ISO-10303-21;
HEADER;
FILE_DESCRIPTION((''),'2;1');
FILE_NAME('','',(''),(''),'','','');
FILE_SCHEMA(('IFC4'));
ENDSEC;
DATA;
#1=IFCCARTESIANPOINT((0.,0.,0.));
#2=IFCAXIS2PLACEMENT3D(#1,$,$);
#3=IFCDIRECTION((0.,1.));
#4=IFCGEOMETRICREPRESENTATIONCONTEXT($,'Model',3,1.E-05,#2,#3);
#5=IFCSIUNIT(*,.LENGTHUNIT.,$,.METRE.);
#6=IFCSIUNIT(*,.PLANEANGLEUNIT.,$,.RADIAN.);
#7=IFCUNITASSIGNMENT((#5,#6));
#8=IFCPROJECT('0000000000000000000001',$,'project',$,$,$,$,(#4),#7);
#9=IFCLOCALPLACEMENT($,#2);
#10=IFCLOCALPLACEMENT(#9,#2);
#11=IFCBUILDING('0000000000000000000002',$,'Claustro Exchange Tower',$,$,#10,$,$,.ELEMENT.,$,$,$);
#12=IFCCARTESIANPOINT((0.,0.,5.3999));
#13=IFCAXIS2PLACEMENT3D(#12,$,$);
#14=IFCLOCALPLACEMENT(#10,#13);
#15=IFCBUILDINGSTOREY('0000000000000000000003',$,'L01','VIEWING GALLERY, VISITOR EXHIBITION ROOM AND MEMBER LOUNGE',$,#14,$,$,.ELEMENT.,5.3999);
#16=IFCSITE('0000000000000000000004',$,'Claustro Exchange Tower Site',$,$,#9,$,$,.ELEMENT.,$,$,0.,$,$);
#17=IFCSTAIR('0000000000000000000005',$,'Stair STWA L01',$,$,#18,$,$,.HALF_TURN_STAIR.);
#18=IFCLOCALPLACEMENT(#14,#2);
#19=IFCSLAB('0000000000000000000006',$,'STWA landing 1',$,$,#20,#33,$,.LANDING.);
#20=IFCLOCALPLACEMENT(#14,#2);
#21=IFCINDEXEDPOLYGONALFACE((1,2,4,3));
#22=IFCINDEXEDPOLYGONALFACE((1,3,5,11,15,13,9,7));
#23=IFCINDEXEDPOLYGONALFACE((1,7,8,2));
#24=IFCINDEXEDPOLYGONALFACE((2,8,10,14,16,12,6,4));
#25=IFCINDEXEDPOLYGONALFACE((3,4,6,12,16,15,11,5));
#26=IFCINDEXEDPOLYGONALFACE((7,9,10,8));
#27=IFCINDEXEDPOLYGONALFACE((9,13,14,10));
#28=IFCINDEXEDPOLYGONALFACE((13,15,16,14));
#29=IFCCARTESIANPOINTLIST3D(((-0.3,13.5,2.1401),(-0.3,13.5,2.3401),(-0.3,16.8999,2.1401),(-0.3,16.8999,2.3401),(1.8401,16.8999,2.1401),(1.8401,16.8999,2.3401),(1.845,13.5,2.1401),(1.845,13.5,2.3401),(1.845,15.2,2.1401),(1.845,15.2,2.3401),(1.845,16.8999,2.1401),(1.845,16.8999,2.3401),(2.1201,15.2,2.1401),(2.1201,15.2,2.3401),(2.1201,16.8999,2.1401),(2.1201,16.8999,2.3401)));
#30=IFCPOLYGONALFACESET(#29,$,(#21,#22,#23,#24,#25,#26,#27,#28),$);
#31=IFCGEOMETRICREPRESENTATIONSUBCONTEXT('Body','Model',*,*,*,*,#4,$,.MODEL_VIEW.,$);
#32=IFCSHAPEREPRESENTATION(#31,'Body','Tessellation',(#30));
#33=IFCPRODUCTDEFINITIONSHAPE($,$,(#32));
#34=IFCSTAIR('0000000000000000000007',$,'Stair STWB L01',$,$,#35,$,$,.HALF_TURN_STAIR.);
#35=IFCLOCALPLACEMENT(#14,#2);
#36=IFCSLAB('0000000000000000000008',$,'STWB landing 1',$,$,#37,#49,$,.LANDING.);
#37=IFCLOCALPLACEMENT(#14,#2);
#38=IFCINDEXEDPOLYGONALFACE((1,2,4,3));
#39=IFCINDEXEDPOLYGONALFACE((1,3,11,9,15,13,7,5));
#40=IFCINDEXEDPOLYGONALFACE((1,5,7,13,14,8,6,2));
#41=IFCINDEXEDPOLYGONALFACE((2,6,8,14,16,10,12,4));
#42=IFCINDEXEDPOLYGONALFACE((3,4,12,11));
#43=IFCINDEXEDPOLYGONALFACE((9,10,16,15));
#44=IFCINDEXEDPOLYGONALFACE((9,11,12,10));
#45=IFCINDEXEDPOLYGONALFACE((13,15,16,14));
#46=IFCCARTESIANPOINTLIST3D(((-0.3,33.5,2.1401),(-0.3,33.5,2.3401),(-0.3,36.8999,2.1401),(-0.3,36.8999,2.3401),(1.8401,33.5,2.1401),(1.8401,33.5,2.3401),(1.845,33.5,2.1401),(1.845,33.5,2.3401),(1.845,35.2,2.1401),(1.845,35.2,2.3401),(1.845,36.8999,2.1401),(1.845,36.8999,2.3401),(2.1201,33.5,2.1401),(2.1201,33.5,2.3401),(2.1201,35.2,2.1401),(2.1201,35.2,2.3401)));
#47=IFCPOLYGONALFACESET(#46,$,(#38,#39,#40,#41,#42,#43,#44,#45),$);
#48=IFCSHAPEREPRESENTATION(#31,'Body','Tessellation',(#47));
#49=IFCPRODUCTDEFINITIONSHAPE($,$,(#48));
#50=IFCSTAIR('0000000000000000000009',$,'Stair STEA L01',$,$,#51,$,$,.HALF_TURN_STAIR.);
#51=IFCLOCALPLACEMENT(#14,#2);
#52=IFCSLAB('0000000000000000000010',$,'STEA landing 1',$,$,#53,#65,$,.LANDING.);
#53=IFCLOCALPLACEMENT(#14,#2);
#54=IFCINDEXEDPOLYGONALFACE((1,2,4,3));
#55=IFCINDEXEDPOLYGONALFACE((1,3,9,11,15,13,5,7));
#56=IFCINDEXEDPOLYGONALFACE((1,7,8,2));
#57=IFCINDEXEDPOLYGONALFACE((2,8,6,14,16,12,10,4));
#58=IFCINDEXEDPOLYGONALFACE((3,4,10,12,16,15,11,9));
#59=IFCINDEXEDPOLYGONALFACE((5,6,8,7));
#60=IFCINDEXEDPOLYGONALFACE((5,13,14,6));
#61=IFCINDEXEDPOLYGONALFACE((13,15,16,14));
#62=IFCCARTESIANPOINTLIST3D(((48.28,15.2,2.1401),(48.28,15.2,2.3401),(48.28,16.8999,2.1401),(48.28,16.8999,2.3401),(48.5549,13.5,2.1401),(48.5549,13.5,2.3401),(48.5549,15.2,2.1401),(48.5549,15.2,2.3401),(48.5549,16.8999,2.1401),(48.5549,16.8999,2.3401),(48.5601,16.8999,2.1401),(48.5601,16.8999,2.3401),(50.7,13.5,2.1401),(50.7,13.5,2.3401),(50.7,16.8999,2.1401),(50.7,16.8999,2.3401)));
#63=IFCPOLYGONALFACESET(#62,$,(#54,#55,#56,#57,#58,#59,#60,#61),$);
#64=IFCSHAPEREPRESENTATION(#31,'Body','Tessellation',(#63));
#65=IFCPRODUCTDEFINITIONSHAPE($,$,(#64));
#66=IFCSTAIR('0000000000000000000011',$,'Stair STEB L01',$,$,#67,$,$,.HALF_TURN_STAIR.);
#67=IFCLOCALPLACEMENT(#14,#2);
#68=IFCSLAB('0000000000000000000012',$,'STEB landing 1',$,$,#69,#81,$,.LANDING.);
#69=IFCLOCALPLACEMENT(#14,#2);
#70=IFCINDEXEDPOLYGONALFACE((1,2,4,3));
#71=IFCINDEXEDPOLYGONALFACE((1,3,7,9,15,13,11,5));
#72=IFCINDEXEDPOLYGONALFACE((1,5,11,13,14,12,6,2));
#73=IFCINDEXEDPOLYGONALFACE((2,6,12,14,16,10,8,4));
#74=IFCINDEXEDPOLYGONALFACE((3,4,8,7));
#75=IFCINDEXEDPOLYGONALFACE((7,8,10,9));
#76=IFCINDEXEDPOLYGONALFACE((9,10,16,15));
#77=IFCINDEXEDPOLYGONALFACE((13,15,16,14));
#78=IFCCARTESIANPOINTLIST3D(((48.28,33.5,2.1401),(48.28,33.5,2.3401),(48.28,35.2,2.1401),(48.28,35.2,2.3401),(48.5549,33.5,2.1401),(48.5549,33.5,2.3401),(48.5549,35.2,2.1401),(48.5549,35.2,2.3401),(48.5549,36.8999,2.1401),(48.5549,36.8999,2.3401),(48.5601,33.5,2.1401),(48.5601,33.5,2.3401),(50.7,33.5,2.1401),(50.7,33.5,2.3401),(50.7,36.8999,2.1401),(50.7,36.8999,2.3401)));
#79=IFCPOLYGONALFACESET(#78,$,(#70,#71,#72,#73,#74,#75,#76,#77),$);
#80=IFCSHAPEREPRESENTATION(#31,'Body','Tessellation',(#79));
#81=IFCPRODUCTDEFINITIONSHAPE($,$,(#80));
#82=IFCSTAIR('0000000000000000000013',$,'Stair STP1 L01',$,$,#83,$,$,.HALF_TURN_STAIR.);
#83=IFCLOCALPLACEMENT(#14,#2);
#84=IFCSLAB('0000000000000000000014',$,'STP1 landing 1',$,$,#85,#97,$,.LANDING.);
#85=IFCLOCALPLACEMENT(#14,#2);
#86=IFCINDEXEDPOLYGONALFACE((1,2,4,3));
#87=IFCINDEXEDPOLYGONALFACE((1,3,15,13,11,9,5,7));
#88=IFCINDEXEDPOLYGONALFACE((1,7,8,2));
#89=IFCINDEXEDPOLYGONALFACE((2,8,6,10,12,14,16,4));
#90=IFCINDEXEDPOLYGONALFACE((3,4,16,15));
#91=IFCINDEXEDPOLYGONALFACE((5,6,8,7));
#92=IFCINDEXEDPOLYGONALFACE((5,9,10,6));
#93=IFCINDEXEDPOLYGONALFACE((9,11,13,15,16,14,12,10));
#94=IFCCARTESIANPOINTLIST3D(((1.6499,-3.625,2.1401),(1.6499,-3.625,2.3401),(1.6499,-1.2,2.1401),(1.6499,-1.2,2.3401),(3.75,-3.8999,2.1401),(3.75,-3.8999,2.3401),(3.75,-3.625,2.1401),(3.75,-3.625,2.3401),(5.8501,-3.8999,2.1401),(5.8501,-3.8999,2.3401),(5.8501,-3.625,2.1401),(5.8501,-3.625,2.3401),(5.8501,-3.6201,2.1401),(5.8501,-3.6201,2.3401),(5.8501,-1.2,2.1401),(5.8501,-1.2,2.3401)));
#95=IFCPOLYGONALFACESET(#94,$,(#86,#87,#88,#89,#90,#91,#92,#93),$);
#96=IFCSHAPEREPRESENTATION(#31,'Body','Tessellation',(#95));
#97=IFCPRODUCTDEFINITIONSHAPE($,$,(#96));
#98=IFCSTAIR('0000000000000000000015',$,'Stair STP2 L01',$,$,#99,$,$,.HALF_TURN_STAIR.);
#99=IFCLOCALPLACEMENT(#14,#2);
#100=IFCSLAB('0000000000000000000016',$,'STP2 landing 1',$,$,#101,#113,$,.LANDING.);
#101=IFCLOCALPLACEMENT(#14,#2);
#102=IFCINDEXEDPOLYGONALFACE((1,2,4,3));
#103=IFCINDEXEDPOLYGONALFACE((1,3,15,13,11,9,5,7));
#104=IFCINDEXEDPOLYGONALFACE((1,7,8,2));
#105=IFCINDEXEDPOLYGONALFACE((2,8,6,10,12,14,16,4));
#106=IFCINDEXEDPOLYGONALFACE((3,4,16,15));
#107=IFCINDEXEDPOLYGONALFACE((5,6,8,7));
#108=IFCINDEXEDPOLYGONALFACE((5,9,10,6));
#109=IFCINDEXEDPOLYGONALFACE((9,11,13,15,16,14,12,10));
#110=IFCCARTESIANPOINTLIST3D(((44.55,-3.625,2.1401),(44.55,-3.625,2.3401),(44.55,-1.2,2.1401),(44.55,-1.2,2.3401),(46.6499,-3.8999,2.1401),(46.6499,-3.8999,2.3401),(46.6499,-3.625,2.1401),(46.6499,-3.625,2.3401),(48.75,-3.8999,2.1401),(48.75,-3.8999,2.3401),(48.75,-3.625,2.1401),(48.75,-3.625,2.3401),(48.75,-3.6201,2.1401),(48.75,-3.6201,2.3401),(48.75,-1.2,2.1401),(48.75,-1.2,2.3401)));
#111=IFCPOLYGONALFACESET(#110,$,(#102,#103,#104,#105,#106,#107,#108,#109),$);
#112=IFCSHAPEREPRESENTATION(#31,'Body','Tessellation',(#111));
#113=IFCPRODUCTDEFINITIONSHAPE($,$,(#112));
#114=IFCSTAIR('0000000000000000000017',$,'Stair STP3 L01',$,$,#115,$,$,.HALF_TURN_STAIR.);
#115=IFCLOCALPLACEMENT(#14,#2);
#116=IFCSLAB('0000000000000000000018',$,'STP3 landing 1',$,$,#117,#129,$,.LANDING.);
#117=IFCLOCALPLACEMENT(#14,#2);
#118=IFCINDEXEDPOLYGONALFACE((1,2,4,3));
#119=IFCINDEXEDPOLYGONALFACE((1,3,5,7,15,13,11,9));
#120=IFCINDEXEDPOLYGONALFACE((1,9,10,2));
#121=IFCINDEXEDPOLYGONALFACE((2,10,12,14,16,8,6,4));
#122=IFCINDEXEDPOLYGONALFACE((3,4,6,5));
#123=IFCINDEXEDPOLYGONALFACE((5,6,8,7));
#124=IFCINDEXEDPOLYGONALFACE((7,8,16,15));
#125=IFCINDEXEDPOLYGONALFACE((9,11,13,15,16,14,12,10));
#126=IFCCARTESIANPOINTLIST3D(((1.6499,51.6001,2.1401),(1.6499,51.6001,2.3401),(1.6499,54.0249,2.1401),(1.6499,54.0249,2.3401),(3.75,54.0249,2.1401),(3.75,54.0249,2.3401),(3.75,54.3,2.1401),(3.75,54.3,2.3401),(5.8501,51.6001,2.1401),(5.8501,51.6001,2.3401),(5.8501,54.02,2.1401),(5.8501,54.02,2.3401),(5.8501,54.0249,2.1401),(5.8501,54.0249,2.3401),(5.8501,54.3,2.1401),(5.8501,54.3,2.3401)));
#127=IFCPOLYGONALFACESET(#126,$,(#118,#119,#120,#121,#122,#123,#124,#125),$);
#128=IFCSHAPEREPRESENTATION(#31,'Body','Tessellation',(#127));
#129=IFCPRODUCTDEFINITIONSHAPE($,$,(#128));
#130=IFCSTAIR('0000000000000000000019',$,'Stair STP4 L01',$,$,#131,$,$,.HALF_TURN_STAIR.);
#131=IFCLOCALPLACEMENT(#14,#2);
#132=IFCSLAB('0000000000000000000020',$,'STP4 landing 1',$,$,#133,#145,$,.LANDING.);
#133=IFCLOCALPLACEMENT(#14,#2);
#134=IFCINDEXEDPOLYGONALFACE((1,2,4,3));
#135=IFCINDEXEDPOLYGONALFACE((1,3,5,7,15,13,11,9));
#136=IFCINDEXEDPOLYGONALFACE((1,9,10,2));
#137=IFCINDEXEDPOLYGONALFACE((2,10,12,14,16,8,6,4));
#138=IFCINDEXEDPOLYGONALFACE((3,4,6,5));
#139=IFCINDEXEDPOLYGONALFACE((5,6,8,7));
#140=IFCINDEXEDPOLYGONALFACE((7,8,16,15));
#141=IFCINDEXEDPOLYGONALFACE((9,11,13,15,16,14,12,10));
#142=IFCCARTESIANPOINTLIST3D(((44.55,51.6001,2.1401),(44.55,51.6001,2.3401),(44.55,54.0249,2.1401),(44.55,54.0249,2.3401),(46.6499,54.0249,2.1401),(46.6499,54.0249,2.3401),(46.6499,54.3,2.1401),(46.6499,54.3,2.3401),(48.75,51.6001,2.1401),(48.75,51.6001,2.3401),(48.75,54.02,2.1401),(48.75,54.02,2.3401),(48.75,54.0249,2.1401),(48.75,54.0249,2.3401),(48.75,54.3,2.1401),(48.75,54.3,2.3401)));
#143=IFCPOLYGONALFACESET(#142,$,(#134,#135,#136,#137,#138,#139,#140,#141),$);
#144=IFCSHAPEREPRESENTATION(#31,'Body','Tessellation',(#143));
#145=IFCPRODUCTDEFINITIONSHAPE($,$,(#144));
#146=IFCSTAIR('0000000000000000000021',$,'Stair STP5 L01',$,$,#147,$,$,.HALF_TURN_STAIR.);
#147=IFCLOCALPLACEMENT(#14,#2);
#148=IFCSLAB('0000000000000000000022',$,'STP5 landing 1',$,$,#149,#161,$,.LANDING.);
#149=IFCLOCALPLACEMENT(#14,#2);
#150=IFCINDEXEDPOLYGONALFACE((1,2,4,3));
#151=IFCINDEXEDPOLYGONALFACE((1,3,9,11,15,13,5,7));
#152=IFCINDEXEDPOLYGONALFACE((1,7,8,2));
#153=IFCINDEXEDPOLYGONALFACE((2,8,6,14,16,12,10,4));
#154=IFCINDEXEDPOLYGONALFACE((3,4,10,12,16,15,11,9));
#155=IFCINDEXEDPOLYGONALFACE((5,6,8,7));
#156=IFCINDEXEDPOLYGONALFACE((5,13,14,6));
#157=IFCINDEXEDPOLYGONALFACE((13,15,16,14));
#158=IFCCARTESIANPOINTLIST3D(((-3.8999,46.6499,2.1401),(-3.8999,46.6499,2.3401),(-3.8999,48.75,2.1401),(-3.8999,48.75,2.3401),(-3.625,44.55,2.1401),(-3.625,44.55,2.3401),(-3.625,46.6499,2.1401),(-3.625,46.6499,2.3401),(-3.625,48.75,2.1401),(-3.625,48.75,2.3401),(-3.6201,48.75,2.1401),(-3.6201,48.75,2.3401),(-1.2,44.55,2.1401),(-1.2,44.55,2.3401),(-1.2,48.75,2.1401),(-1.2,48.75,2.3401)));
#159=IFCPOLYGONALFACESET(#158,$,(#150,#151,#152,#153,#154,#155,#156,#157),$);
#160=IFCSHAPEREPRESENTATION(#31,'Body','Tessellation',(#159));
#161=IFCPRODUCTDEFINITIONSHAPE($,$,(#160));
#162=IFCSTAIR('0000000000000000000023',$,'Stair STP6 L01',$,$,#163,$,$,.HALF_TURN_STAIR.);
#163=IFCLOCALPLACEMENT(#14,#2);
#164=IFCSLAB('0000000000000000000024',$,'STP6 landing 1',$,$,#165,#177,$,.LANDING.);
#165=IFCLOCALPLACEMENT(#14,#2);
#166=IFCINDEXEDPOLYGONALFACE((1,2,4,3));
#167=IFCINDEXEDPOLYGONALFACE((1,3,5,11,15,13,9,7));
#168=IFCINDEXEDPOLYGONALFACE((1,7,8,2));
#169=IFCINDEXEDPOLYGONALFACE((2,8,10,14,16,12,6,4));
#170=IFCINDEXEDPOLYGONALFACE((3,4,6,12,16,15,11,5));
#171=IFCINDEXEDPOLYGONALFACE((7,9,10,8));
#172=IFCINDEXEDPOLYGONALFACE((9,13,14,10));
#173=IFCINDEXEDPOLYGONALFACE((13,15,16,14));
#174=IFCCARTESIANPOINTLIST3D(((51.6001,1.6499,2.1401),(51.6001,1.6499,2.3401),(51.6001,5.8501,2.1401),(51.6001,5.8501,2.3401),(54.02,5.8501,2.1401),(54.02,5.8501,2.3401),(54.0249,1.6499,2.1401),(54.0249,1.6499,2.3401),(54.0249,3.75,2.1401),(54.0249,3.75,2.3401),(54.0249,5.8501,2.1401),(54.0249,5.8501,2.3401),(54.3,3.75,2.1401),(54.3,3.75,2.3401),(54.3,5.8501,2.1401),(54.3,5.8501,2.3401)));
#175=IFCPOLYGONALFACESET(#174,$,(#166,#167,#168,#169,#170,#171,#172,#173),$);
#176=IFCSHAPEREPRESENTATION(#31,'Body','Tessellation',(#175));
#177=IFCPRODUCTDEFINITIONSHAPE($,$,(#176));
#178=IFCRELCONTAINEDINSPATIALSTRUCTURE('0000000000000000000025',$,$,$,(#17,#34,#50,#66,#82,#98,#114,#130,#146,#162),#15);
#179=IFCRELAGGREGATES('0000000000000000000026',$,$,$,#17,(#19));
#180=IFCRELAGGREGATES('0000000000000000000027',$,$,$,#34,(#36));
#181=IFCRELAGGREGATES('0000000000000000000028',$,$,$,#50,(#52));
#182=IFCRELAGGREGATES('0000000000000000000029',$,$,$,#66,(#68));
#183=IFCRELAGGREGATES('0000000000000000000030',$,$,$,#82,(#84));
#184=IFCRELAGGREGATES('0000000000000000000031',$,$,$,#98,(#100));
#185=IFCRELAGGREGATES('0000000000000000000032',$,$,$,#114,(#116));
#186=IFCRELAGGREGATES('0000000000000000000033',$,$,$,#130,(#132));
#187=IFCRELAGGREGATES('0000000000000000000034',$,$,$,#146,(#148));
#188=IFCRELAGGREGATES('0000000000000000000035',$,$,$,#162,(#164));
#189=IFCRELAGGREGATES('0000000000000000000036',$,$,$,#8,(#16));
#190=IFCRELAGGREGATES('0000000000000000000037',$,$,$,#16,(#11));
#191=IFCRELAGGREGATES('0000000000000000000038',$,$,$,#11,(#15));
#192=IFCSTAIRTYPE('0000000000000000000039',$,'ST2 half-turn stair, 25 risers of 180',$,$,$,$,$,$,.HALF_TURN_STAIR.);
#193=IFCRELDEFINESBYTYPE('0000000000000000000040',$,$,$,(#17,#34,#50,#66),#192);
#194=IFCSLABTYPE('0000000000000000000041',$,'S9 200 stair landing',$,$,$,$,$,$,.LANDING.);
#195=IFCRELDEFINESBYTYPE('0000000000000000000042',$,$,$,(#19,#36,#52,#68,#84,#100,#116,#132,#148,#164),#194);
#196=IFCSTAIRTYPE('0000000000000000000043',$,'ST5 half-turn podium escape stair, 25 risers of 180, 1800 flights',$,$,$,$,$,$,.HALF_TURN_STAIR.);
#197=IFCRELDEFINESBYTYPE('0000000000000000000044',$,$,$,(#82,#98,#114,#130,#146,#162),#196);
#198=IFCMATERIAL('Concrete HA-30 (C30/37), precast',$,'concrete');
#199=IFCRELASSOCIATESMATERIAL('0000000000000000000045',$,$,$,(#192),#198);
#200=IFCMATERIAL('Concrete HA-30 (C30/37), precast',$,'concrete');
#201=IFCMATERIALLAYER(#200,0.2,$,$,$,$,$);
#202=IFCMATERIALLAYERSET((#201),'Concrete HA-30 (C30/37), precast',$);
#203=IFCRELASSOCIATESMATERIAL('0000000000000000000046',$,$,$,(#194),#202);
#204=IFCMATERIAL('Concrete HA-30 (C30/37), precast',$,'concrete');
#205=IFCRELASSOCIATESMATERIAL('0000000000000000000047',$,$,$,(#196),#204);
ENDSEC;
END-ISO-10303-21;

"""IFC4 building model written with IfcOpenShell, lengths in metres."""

from ifc_helpers import new_model, si_unit, direction, frame, origin, place, context, subcontext, project, spatial, polyline, outline, extrude, material, layer, layer_set, type_object, element, aggregate, save


model = new_model("IFC4")

# Units and contexts
model_context = context("Model", 3, precision=1e-05, world=origin(), true_north=direction((0.0, 1.0)))
body_context = subcontext(model_context, "Body", "Model", "MODEL_VIEW")
ifc_project = project(units=[si_unit("LENGTHUNIT", "METRE"), si_unit("PLANEANGLEUNIT", "RADIAN")], contexts=[model_context])

# Site, building, storey
site_placement = place(None, origin())
site = spatial("IfcSite", under=ifc_project, at=site_placement, Name="Claustro Exchange Tower Site", CompositionType="ELEMENT", RefElevation=0.0)
building_placement = place(site_placement, origin())
building = spatial("IfcBuilding", under=site, at=building_placement, Name="Claustro Exchange Tower", CompositionType="ELEMENT")
storey_placement = place(building_placement, frame((0.0, 0.0, 5.3999)))
storey = spatial("IfcBuildingStorey", under=building, at=storey_placement, Name="L01", Description="VIEWING GALLERY, VISITOR EXHIBITION ROOM AND MEMBER LOUNGE", CompositionType="ELEMENT", Elevation=5.3999)

# Stairs, slabs
ifc_material_1 = material(Name="Concrete HA-30 (C30/37), precast", Category="concrete")
stair_type_1 = type_object("IfcStairType", Name="ST2 half-turn stair, 25 risers of 180", PredefinedType="HALF_TURN_STAIR", material=ifc_material_1)
stair_1_placement = place(storey_placement, origin())
stair_1 = element("IfcStair", 1, at=stair_1_placement, inside=storey, type_object=stair_type_1, Name="Stair STWA L01", PredefinedType="HALF_TURN_STAIR")
ifc_material_2 = material(Name="Concrete HA-30 (C30/37), precast", Category="concrete")
ifc_layer_1 = layer(ifc_material_2, 0.2)
ifc_layer_set_1 = layer_set([ifc_layer_1], Name="Concrete HA-30 (C30/37), precast")
slab_type_1 = type_object("IfcSlabType", Name="S9 200 stair landing", PredefinedType="LANDING", material=ifc_layer_set_1)
slab_1_placement = place(storey_placement, frame((0.0, 0.0, 2.1401)))
slab_1 = element("IfcSlab", 2, at=slab_1_placement, type_object=slab_type_1, Name="STWA landing 1", PredefinedType="LANDING", context=body_context, shape_type="SweptSolid", body=[
    extrude(outline(polyline([(1.845, 13.5), (-0.3, 13.5), (-0.3, 16.8999), (1.8401, 16.8999), (1.845, 16.8999), (2.1201, 16.8999), (2.1201, 15.2), (1.845, 15.2), (1.845, 13.5)])), origin(), (0.0, 0.0, 1.0), 0.2),
])
aggregate(stair_1, [slab_1])
stair_2_placement = place(storey_placement, origin())
stair_2 = element("IfcStair", 3, at=stair_2_placement, inside=storey, type_object=stair_type_1, Name="Stair STWB L01", PredefinedType="HALF_TURN_STAIR")
slab_2_placement = place(storey_placement, frame((0.0, 0.0, 2.1401)))
slab_2 = element("IfcSlab", 4, at=slab_2_placement, type_object=slab_type_1, Name="STWB landing 1", PredefinedType="LANDING", context=body_context, shape_type="SweptSolid", body=[
    extrude(outline(polyline([(2.1201, 35.2), (2.1201, 33.5), (1.845, 33.5), (1.8401, 33.5), (-0.3, 33.5), (-0.3, 36.8999), (1.845, 36.8999), (1.845, 35.2), (2.1201, 35.2)])), origin(), (0.0, 0.0, 1.0), 0.2),
])
aggregate(stair_2, [slab_2])
stair_3_placement = place(storey_placement, origin())
stair_3 = element("IfcStair", 5, at=stair_3_placement, inside=storey, type_object=stair_type_1, Name="Stair STEA L01", PredefinedType="HALF_TURN_STAIR")
slab_3_placement = place(storey_placement, frame((0.0, 0.0, 2.1401)))
slab_3 = element("IfcSlab", 6, at=slab_3_placement, type_object=slab_type_1, Name="STEA landing 1", PredefinedType="LANDING", context=body_context, shape_type="SweptSolid", body=[
    extrude(outline(polyline([(50.7, 16.8999), (50.7, 13.5), (48.5549, 13.5), (48.5549, 15.2), (48.28, 15.2), (48.28, 16.8999), (48.5549, 16.8999), (48.5601, 16.8999), (50.7, 16.8999)])), origin(), (0.0, 0.0, 1.0), 0.2),
])
aggregate(stair_3, [slab_3])
stair_4_placement = place(storey_placement, origin())
stair_4 = element("IfcStair", 7, at=stair_4_placement, inside=storey, type_object=stair_type_1, Name="Stair STEB L01", PredefinedType="HALF_TURN_STAIR")
slab_4_placement = place(storey_placement, frame((0.0, 0.0, 2.1401)))
slab_4 = element("IfcSlab", 8, at=slab_4_placement, type_object=slab_type_1, Name="STEB landing 1", PredefinedType="LANDING", context=body_context, shape_type="SweptSolid", body=[
    extrude(outline(polyline([(48.28, 33.5), (48.28, 35.2), (48.5549, 35.2), (48.5549, 36.8999), (50.7, 36.8999), (50.7, 33.5), (48.5601, 33.5), (48.5549, 33.5), (48.28, 33.5)])), origin(), (0.0, 0.0, 1.0), 0.2),
])
aggregate(stair_4, [slab_4])
ifc_material_3 = material(Name="Concrete HA-30 (C30/37), precast", Category="concrete")
stair_type_2 = type_object("IfcStairType", Name="ST5 half-turn podium escape stair, 25 risers of 180, 1800 flights", PredefinedType="HALF_TURN_STAIR", material=ifc_material_3)
stair_5_placement = place(storey_placement, origin())
stair_5 = element("IfcStair", 9, at=stair_5_placement, inside=storey, type_object=stair_type_2, Name="Stair STP1 L01", PredefinedType="HALF_TURN_STAIR")
slab_5_placement = place(storey_placement, frame((0.0, 0.0, 2.1401)))
slab_5 = element("IfcSlab", 10, at=slab_5_placement, type_object=slab_type_1, Name="STP1 landing 1", PredefinedType="LANDING", context=body_context, shape_type="SweptSolid", body=[
    extrude(outline(polyline([(5.8501, -3.8999), (3.75, -3.8999), (3.75, -3.625), (1.6499, -3.625), (1.6499, -1.2), (5.8501, -1.2), (5.8501, -3.6201), (5.8501, -3.625), (5.8501, -3.8999)])), origin(), (0.0, 0.0, 1.0), 0.2),
])
aggregate(stair_5, [slab_5])
stair_6_placement = place(storey_placement, origin())
stair_6 = element("IfcStair", 11, at=stair_6_placement, inside=storey, type_object=stair_type_2, Name="Stair STP2 L01", PredefinedType="HALF_TURN_STAIR")
slab_6_placement = place(storey_placement, frame((0.0, 0.0, 2.1401)))
slab_6 = element("IfcSlab", 12, at=slab_6_placement, type_object=slab_type_1, Name="STP2 landing 1", PredefinedType="LANDING", context=body_context, shape_type="SweptSolid", body=[
    extrude(outline(polyline([(48.75, -3.8999), (46.6499, -3.8999), (46.6499, -3.625), (44.55, -3.625), (44.55, -1.2), (48.75, -1.2), (48.75, -3.6201), (48.75, -3.625), (48.75, -3.8999)])), origin(), (0.0, 0.0, 1.0), 0.2),
])
aggregate(stair_6, [slab_6])
stair_7_placement = place(storey_placement, origin())
stair_7 = element("IfcStair", 13, at=stair_7_placement, inside=storey, type_object=stair_type_2, Name="Stair STP3 L01", PredefinedType="HALF_TURN_STAIR")
slab_7_placement = place(storey_placement, frame((0.0, 0.0, 2.1401)))
slab_7 = element("IfcSlab", 14, at=slab_7_placement, type_object=slab_type_1, Name="STP3 landing 1", PredefinedType="LANDING", context=body_context, shape_type="SweptSolid", body=[
    extrude(outline(polyline([(5.8501, 51.6001), (1.6499, 51.6001), (1.6499, 54.0249), (3.75, 54.0249), (3.75, 54.3), (5.8501, 54.3), (5.8501, 54.0249), (5.8501, 54.02), (5.8501, 51.6001)])), origin(), (0.0, 0.0, 1.0), 0.2),
])
aggregate(stair_7, [slab_7])
stair_8_placement = place(storey_placement, origin())
stair_8 = element("IfcStair", 15, at=stair_8_placement, inside=storey, type_object=stair_type_2, Name="Stair STP4 L01", PredefinedType="HALF_TURN_STAIR")
slab_8_placement = place(storey_placement, frame((0.0, 0.0, 2.1401)))
slab_8 = element("IfcSlab", 16, at=slab_8_placement, type_object=slab_type_1, Name="STP4 landing 1", PredefinedType="LANDING", context=body_context, shape_type="SweptSolid", body=[
    extrude(outline(polyline([(48.75, 51.6001), (44.55, 51.6001), (44.55, 54.0249), (46.6499, 54.0249), (46.6499, 54.3), (48.75, 54.3), (48.75, 54.0249), (48.75, 54.02), (48.75, 51.6001)])), origin(), (0.0, 0.0, 1.0), 0.2),
])
aggregate(stair_8, [slab_8])
stair_9_placement = place(storey_placement, origin())
stair_9 = element("IfcStair", 17, at=stair_9_placement, inside=storey, type_object=stair_type_2, Name="Stair STP5 L01", PredefinedType="HALF_TURN_STAIR")
slab_9_placement = place(storey_placement, frame((0.0, 0.0, 2.1401)))
slab_9 = element("IfcSlab", 18, at=slab_9_placement, type_object=slab_type_1, Name="STP5 landing 1", PredefinedType="LANDING", context=body_context, shape_type="SweptSolid", body=[
    extrude(outline(polyline([(-1.2, 48.75), (-1.2, 44.55), (-3.625, 44.55), (-3.625, 46.6499), (-3.8999, 46.6499), (-3.8999, 48.75), (-3.625, 48.75), (-3.6201, 48.75), (-1.2, 48.75)])), origin(), (0.0, 0.0, 1.0), 0.2),
])
aggregate(stair_9, [slab_9])
stair_10_placement = place(storey_placement, origin())
stair_10 = element("IfcStair", 19, at=stair_10_placement, inside=storey, type_object=stair_type_2, Name="Stair STP6 L01", PredefinedType="HALF_TURN_STAIR")
slab_10_placement = place(storey_placement, frame((0.0, 0.0, 2.1401)))
slab_10 = element("IfcSlab", 20, at=slab_10_placement, type_object=slab_type_1, Name="STP6 landing 1", PredefinedType="LANDING", context=body_context, shape_type="SweptSolid", body=[
    extrude(outline(polyline([(54.0249, 1.6499), (51.6001, 1.6499), (51.6001, 5.8501), (54.02, 5.8501), (54.0249, 5.8501), (54.3, 5.8501), (54.3, 3.75), (54.0249, 3.75), (54.0249, 1.6499)])), origin(), (0.0, 0.0, 1.0), 0.2),
])
aggregate(stair_10, [slab_10])

save(model, "model.ifc")
